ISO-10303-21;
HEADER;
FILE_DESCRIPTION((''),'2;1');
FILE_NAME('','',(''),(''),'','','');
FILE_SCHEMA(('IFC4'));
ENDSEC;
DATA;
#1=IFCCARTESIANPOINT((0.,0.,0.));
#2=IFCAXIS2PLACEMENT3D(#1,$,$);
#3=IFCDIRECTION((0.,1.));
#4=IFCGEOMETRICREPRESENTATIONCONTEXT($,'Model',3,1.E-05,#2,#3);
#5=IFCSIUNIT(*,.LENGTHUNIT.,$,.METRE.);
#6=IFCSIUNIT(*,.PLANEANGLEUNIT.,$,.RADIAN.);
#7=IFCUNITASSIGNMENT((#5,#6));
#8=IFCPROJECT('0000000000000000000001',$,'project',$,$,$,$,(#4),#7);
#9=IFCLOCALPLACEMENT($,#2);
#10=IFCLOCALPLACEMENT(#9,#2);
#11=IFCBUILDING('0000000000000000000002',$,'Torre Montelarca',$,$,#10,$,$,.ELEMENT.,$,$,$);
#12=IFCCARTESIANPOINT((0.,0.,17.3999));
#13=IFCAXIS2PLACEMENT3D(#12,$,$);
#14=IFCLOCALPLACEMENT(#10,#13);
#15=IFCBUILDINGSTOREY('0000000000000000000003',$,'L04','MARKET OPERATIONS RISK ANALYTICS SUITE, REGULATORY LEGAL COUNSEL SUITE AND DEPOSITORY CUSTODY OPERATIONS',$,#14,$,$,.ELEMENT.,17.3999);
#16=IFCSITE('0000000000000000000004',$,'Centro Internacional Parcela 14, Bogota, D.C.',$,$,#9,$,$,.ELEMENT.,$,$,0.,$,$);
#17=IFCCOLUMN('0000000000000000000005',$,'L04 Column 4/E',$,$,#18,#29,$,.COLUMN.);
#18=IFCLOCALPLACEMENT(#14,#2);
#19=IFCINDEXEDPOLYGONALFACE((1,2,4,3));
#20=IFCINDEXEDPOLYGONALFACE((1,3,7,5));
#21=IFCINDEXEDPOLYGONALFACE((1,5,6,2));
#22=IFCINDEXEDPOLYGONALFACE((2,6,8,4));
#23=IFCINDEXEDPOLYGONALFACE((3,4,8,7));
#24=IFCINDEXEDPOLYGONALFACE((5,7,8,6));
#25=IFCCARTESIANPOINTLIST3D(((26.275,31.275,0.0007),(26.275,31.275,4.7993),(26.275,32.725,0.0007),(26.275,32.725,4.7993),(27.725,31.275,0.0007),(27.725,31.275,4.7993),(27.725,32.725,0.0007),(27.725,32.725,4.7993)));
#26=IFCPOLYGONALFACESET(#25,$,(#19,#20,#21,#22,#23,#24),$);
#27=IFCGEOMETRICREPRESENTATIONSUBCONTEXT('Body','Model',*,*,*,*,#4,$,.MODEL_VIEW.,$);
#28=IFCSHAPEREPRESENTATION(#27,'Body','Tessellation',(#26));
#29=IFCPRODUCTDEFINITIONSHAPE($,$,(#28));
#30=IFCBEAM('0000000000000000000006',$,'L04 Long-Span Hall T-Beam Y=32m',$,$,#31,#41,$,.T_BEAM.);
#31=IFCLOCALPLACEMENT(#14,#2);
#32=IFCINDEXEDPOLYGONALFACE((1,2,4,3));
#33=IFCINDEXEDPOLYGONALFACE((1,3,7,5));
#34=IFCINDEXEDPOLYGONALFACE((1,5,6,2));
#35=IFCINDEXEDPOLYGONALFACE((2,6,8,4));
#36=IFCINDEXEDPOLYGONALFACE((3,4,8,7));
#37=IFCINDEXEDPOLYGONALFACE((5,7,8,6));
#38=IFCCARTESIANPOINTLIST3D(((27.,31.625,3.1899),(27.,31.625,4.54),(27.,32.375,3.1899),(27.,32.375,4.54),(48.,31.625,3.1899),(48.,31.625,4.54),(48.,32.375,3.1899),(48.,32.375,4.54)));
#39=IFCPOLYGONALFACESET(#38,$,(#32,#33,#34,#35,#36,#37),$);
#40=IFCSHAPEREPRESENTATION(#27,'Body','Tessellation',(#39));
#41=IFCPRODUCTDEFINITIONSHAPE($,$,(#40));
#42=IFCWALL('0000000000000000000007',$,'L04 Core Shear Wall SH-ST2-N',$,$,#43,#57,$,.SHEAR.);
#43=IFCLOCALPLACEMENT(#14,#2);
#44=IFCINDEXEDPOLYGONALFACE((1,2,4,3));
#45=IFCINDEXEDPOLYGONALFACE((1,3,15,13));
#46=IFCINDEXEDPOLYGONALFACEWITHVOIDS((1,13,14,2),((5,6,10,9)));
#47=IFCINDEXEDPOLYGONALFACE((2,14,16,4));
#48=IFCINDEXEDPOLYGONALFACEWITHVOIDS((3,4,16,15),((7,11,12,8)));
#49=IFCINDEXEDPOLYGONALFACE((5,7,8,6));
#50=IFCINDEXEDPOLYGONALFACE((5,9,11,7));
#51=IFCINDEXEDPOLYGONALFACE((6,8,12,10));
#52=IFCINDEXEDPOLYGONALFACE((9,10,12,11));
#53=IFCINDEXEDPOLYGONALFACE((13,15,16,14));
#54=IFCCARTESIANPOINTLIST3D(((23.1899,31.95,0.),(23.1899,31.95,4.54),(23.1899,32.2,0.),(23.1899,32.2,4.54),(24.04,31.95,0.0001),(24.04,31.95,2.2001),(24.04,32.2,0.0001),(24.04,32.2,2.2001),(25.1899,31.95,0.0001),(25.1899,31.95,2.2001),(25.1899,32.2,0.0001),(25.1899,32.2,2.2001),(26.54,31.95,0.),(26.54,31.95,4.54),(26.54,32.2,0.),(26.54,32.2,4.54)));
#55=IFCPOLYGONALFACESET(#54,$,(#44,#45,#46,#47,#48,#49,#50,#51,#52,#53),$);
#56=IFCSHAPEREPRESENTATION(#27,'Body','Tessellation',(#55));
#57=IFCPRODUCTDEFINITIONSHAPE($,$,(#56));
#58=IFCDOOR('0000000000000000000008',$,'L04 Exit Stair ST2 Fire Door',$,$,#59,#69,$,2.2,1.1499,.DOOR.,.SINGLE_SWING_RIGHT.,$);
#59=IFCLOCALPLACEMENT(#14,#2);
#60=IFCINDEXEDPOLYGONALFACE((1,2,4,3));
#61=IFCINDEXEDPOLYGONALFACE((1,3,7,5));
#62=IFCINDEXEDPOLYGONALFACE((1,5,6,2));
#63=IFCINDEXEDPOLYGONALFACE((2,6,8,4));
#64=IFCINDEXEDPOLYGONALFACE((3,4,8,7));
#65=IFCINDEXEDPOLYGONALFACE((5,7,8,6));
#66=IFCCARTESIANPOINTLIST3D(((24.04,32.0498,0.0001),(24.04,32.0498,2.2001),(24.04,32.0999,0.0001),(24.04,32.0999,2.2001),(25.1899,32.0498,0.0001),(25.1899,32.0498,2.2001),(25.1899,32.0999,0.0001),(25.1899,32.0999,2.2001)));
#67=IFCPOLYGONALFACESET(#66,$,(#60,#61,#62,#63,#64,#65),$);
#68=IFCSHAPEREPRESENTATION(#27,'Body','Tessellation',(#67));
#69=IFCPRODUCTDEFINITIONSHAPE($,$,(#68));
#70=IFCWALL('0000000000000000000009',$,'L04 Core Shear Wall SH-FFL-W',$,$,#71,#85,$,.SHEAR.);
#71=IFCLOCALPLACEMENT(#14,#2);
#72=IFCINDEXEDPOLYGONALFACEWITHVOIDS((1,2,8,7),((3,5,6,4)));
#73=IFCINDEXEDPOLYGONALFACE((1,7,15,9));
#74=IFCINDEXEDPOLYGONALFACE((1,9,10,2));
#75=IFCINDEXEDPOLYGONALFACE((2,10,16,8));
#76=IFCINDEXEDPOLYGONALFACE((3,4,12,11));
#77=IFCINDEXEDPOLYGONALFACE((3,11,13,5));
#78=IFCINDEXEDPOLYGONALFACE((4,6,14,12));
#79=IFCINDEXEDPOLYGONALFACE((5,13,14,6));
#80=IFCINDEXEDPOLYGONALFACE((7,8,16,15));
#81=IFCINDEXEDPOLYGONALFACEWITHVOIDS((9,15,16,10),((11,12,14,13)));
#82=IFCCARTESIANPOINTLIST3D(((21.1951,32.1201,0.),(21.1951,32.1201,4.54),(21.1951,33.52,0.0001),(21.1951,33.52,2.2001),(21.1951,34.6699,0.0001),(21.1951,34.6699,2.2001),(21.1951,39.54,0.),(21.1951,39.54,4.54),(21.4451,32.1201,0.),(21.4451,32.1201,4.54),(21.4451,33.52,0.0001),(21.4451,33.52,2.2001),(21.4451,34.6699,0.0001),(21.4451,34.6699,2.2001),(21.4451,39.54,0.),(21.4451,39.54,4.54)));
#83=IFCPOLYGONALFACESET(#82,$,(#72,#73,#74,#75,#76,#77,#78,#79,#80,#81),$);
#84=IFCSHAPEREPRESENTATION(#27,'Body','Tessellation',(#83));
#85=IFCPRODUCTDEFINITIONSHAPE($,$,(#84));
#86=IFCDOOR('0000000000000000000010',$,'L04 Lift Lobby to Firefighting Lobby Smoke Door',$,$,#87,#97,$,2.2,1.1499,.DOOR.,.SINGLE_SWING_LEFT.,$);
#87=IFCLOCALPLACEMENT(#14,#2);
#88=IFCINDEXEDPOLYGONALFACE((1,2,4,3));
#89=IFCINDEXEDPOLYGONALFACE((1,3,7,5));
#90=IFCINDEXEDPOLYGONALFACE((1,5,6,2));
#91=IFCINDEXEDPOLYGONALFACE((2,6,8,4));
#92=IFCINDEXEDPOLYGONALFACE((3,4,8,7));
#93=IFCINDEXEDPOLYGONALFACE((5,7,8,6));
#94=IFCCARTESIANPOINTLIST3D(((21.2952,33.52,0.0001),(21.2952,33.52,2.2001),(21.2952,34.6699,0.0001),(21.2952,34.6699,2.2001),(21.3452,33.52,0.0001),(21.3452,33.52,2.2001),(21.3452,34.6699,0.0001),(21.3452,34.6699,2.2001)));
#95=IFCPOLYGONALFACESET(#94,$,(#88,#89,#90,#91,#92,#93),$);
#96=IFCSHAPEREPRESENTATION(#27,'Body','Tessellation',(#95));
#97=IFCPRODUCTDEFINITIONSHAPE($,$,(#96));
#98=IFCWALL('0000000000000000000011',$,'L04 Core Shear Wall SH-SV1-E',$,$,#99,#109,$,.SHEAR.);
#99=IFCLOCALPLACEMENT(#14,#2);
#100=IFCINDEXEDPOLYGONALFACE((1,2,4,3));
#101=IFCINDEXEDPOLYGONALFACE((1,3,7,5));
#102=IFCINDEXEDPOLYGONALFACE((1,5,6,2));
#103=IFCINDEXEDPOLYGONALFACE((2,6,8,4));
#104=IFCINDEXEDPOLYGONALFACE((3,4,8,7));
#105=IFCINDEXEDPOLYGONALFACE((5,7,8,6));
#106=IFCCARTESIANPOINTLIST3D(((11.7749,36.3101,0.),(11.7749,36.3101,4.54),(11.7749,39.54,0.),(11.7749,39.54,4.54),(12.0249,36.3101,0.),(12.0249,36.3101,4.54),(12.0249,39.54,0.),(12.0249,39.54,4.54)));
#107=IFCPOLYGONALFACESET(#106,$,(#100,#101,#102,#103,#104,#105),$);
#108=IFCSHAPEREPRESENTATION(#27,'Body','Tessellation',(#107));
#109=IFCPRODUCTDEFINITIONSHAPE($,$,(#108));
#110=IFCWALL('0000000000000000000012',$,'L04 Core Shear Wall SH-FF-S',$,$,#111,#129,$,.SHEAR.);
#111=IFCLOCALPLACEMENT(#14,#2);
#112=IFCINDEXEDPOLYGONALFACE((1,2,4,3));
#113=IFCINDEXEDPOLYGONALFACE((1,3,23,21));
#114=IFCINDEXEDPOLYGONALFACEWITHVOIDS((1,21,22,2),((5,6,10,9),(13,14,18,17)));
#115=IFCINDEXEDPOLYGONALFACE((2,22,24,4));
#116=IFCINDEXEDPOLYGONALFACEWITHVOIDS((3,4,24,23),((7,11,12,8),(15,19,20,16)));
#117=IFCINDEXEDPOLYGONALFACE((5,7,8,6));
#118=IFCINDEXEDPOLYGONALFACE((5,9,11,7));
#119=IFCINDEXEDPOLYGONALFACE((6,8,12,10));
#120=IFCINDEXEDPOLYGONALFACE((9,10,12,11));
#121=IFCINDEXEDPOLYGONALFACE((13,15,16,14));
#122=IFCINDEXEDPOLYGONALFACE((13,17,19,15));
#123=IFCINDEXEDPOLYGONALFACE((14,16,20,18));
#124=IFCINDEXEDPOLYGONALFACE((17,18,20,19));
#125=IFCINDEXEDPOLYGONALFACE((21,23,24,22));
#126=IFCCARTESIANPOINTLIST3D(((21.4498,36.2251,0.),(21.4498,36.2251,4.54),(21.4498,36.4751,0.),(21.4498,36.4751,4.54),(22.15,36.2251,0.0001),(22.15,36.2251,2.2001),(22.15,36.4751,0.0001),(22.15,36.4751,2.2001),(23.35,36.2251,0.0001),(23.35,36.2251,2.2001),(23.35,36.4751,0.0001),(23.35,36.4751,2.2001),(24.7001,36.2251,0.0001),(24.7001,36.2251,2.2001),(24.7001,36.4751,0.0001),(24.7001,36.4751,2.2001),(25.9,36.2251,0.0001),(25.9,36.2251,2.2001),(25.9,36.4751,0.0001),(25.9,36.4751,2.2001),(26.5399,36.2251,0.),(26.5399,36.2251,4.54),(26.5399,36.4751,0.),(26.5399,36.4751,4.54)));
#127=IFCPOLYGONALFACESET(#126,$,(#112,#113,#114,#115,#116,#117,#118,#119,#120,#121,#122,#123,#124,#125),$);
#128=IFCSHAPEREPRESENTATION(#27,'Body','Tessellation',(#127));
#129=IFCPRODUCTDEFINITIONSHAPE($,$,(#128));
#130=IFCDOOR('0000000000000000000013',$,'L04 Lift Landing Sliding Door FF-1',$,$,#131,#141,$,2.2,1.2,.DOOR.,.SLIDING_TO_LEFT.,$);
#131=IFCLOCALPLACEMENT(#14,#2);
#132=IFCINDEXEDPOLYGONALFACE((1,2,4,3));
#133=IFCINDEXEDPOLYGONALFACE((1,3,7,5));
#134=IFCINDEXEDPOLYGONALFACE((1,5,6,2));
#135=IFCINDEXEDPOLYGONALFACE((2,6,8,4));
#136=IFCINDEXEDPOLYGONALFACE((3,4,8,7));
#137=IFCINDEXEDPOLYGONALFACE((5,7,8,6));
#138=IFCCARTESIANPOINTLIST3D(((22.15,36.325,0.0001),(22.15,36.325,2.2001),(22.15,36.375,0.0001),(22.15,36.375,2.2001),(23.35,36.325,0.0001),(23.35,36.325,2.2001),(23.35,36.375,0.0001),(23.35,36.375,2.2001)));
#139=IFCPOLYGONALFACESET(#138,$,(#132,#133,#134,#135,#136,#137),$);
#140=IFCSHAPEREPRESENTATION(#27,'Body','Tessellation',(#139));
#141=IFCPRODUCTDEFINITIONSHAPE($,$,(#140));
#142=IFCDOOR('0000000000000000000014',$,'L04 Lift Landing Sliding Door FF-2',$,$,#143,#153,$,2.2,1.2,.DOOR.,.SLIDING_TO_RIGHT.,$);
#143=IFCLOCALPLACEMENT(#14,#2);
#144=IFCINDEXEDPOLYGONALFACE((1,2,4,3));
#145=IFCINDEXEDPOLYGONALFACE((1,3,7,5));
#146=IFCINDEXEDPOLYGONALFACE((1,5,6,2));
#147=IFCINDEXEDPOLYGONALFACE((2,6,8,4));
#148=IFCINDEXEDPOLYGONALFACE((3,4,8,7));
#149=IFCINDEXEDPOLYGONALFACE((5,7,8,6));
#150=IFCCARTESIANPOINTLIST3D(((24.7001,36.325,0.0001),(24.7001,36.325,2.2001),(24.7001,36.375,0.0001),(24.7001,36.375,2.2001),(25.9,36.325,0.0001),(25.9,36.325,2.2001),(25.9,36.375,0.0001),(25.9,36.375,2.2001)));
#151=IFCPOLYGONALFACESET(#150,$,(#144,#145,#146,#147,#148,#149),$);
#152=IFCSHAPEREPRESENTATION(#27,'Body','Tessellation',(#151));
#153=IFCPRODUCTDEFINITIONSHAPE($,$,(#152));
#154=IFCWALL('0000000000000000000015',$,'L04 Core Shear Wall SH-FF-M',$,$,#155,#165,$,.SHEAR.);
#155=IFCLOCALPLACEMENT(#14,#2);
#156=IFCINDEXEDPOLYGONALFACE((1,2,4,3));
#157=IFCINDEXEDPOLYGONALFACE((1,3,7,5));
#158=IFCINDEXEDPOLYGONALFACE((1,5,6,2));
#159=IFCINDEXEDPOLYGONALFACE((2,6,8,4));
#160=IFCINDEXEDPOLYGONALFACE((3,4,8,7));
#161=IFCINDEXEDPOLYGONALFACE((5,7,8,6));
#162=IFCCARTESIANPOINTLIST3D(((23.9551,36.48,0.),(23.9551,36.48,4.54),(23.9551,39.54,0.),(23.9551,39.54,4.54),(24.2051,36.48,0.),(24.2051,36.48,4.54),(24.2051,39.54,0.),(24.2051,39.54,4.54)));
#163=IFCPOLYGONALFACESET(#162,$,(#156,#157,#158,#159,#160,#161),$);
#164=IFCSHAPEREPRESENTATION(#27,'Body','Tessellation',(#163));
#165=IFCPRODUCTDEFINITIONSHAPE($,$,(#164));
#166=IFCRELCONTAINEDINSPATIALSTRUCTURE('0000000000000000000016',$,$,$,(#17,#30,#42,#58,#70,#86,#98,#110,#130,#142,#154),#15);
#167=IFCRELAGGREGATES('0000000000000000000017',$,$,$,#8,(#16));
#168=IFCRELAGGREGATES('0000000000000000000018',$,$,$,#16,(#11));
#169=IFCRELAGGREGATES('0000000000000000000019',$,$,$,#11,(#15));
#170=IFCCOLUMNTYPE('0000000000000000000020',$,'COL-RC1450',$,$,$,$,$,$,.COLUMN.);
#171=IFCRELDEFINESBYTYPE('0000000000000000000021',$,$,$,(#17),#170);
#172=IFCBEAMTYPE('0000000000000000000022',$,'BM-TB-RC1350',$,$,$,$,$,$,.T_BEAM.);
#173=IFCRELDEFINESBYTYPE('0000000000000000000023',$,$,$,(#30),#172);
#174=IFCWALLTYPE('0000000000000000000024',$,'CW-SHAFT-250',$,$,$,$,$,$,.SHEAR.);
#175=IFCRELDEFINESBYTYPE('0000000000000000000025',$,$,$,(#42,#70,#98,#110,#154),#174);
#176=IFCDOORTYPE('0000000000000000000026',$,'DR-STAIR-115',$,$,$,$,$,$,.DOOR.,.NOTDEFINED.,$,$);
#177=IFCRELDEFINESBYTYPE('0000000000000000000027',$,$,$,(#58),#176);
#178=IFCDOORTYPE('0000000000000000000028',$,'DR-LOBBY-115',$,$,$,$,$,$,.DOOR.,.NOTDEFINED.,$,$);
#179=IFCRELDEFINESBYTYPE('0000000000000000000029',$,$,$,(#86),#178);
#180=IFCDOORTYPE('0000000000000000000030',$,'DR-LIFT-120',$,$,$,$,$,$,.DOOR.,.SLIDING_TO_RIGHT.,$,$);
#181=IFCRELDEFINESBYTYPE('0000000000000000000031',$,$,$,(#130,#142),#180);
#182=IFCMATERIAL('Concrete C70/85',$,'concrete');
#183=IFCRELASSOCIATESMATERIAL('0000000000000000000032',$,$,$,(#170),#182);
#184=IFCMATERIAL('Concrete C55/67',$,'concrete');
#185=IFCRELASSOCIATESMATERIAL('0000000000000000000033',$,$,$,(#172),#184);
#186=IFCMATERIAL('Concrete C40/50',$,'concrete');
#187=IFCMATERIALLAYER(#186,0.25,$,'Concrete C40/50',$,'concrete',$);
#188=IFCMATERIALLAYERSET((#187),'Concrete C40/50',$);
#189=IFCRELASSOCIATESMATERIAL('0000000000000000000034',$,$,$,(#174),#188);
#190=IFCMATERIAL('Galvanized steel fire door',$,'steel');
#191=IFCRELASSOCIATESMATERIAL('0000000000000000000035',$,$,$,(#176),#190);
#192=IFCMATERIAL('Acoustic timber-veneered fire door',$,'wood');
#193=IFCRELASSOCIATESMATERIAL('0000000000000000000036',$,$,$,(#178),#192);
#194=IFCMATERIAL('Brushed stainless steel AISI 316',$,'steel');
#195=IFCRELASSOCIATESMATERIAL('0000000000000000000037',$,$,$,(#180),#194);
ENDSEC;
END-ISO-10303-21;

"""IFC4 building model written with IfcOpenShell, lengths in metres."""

from ifc_helpers import new_model, si_unit, direction, frame, frame_2d, origin, origin_2d, place, context, subcontext, project, spatial, rectangle, extrude, source, transform, mapped, material, layer, layer_set, material_profile, profile_set, type_object, element, fill, save


model = new_model("IFC4")

# Units and contexts
model_context = context("Model", 3, precision=1e-05, world=origin(), true_north=direction((0.0, 1.0)))
body_context = subcontext(model_context, "Body", "Model", "MODEL_VIEW")
ifc_project = project(units=[si_unit("LENGTHUNIT", "METRE"), si_unit("PLANEANGLEUNIT", "RADIAN")], contexts=[model_context])

# Site, building, storey
site_placement = place(None, origin())
site = spatial("IfcSite", under=ifc_project, at=site_placement, Name="Centro Internacional Parcela 14, Bogota, D.C.", CompositionType="ELEMENT", RefElevation=0.0)
building_placement = place(site_placement, origin())
building = spatial("IfcBuilding", under=site, at=building_placement, Name="Torre Montelarca", CompositionType="ELEMENT")
storey_placement = place(building_placement, frame((0.0, 0.0, 17.3999)))
storey = spatial("IfcBuildingStorey", under=building, at=storey_placement, Name="L04", Description="MARKET OPERATIONS RISK ANALYTICS SUITE, REGULATORY LEGAL COUNSEL SUITE AND DEPOSITORY CUSTODY OPERATIONS", CompositionType="ELEMENT", Elevation=17.3999)

# Column
ifc_material_1 = material(Name="Concrete C70/85", Category="concrete")
ifc_material_profile_1 = material_profile(ifc_material_1, rectangle(XDim=1.45, YDim=1.45, at=origin_2d()), Name="RC1450X1450", Category="concrete")
ifc_profile_set_1 = profile_set([ifc_material_profile_1], Name="Concrete C70/85")
column_type = type_object("IfcColumnType", Name="COL-RC1450", PredefinedType="COLUMN", material=ifc_profile_set_1)
shared_shape_1 = source(origin(), body_context, "Body", "SweptSolid", [
    extrude(rectangle(XDim=1.45, YDim=1.45, at=origin_2d()), origin(), (0.0, 0.0, 1.0), 4.7986),
])
column_placement = place(storey_placement, frame((27.0, 32.0, 0.0007), z_axis=(0.0, 0.0, 1.0), x_axis=(1.0, 0.0, 0.0)))
element("IfcColumn", 1, at=column_placement, inside=storey, type_object=column_type, Name="L04 Column 4/E", PredefinedType="COLUMN", context=body_context, shape_type="MappedRepresentation", body=[
    mapped(shared_shape_1, transform((0.0, 0.0, 0.0), scale=1.0)),
])

# Beam
ifc_material_2 = material(Name="Concrete C55/67", Category="concrete")
ifc_material_profile_2 = material_profile(ifc_material_2, rectangle(XDim=0.75, YDim=1.3501, at=origin_2d()), Name="RCB750X1350", Category="concrete")
ifc_profile_set_2 = profile_set([ifc_material_profile_2], Name="Concrete C55/67")
beam_type = type_object("IfcBeamType", Name="BM-TB-RC1350", PredefinedType="T_BEAM", material=ifc_profile_set_2)
shared_shape_2 = source(origin(), body_context, "Body", "SweptSolid", [
    extrude(rectangle(XDim=0.75, YDim=1.3501, at=origin_2d()), origin(), (0.0, 0.0, 1.0), 21.0),
])
beam_placement = place(storey_placement, frame((27.0, 32.0, 3.865), z_axis=(1.0, 0.0, 0.0), x_axis=(0.0, 1.0, 0.0)))
element("IfcBeam", 2, at=beam_placement, inside=storey, type_object=beam_type, Name="L04 Long-Span Hall T-Beam Y=32m", PredefinedType="T_BEAM", context=body_context, shape_type="MappedRepresentation", body=[
    mapped(shared_shape_2, transform((0.0, 0.0, 0.0), scale=1.0)),
])

# Walls, openings, doors
ifc_material_3 = material(Name="Concrete C40/50", Category="concrete")
ifc_layer_1 = layer(ifc_material_3, 0.25, Name="Concrete C40/50", Category="concrete")
ifc_layer_set_1 = layer_set([ifc_layer_1], Name="Concrete C40/50")
wall_type_1 = type_object("IfcWallType", Name="CW-SHAFT-250", PredefinedType="SHEAR", material=ifc_layer_set_1)
wall_1_placement = place(storey_placement, frame((23.1899, 32.075, 0.0), z_axis=(0.0, 0.0, 1.0), x_axis=(1.0, 0.0, 0.0)))
wall_1 = element("IfcWall", 3, at=wall_1_placement, inside=storey, type_object=wall_type_1, Name="L04 Core Shear Wall SH-ST2-N", PredefinedType="SHEAR", context=body_context, shape_type="SweptSolid", body=[
    extrude(rectangle(XDim=3.3501, YDim=0.25, at=frame_2d((1.675, 0.0))), origin(), (0.0, 0.0, 1.0), 4.54),
])
opening_1_placement = place(wall_1_placement, frame((0.8501, 0.0, 0.0)))
opening_1 = element("IfcOpeningElement", 4, at=opening_1_placement, cuts=wall_1, PredefinedType="OPENING", context=body_context, shape_type="SweptSolid", body=[
    extrude(rectangle(XDim=1.1499, YDim=2.2, at=frame_2d((0.575, 1.1001))), frame((0.0, 0.135, 0.0), z_axis=(0.0, -1.0, 0.0), x_axis=(1.0, 0.0, 0.0)), (0.0, 0.0, 1.0), 0.27),
])
ifc_material_4 = material(Name="Galvanized steel fire door", Category="steel")
door_type_1 = type_object("IfcDoorType", Name="DR-STAIR-115", OperationType="NOTDEFINED", PredefinedType="DOOR", material=ifc_material_4)
shared_shape_3 = source(origin(), body_context, "Body", "SweptSolid", [
    extrude(rectangle(XDim=1.1499, YDim=2.2, at=frame_2d((0.575, 1.1001))), frame((0.0, 0.0249, 0.0), z_axis=(0.0, -1.0, 0.0), x_axis=(1.0, 0.0, 0.0)), (0.0, 0.0, 1.0), 0.05),
])
door_1_placement = place(opening_1_placement, origin())
door_1 = element("IfcDoor", 5, at=door_1_placement, inside=storey, type_object=door_type_1, Name="L04 Exit Stair ST2 Fire Door", OperationType="SINGLE_SWING_RIGHT", OverallHeight=2.2, OverallWidth=1.1499, PredefinedType="DOOR", context=body_context, shape_type="MappedRepresentation", body=[
    mapped(shared_shape_3, transform((0.0, 0.0, 0.0), scale=1.0)),
])
fill(opening_1, door_1)
wall_2_placement = place(storey_placement, frame((21.3201, 32.1201, 0.0), z_axis=(0.0, 0.0, 1.0), x_axis=(0.0, 1.0, 0.0)))
wall_2 = element("IfcWall", 6, at=wall_2_placement, inside=storey, type_object=wall_type_1, Name="L04 Core Shear Wall SH-FFL-W", PredefinedType="SHEAR", context=body_context, shape_type="SweptSolid", body=[
    extrude(rectangle(XDim=7.4199, YDim=0.25, at=frame_2d((3.71, 0.0))), origin(), (0.0, 0.0, 1.0), 4.54),
])
opening_2_placement = place(wall_2_placement, frame((1.3999, 0.0, 0.0)))
opening_2 = element("IfcOpeningElement", 7, at=opening_2_placement, cuts=wall_2, PredefinedType="OPENING", context=body_context, shape_type="SweptSolid", body=[
    extrude(rectangle(XDim=1.1499, YDim=2.2, at=frame_2d((0.575, 1.1001))), frame((0.0, 0.135, 0.0), z_axis=(0.0, -1.0, 0.0), x_axis=(1.0, 0.0, 0.0)), (0.0, 0.0, 1.0), 0.27),
])
ifc_material_5 = material(Name="Acoustic timber-veneered fire door", Category="wood")
door_type_2 = type_object("IfcDoorType", Name="DR-LOBBY-115", OperationType="NOTDEFINED", PredefinedType="DOOR", material=ifc_material_5)
shared_shape_4 = source(origin(), body_context, "Body", "SweptSolid", [
    extrude(rectangle(XDim=1.1499, YDim=2.2, at=frame_2d((0.575, 1.1001))), frame((0.0, 0.0249, 0.0), z_axis=(0.0, -1.0, 0.0), x_axis=(1.0, 0.0, 0.0)), (0.0, 0.0, 1.0), 0.05),
])
door_2_placement = place(opening_2_placement, origin())
door_2 = element("IfcDoor", 8, at=door_2_placement, inside=storey, type_object=door_type_2, Name="L04 Lift Lobby to Firefighting Lobby Smoke Door", OperationType="SINGLE_SWING_LEFT", OverallHeight=2.2, OverallWidth=1.1499, PredefinedType="DOOR", context=body_context, shape_type="MappedRepresentation", body=[
    mapped(shared_shape_4, transform((0.0, 0.0, 0.0), scale=1.0)),
])
fill(opening_2, door_2)

# Wall
wall_3_placement = place(storey_placement, frame((11.8999, 36.3101, 0.0), z_axis=(0.0, 0.0, 1.0), x_axis=(0.0, 1.0, 0.0)))
element("IfcWall", 9, at=wall_3_placement, inside=storey, type_object=wall_type_1, Name="L04 Core Shear Wall SH-SV1-E", PredefinedType="SHEAR", context=body_context, shape_type="SweptSolid", body=[
    extrude(rectangle(XDim=3.23, YDim=0.25, at=frame_2d((1.615, 0.0))), origin(), (0.0, 0.0, 1.0), 4.54),
])

# Wall, openings, doors
wall_4_placement = place(storey_placement, frame((21.45, 36.3501, 0.0), z_axis=(0.0, 0.0, 1.0), x_axis=(1.0, 0.0, 0.0)))
wall_4 = element("IfcWall", 10, at=wall_4_placement, inside=storey, type_object=wall_type_1, Name="L04 Core Shear Wall SH-FF-S", PredefinedType="SHEAR", context=body_context, shape_type="SweptSolid", body=[
    extrude(rectangle(XDim=5.0901, YDim=0.25, at=frame_2d((2.5449, 0.0))), origin(), (0.0, 0.0, 1.0), 4.54),
])
opening_3_placement = place(wall_4_placement, frame((0.7, 0.0, 0.0)))
opening_3 = element("IfcOpeningElement", 11, at=opening_3_placement, cuts=wall_4, PredefinedType="OPENING", context=body_context, shape_type="SweptSolid", body=[
    extrude(rectangle(XDim=1.2, YDim=2.2, at=frame_2d((0.6001, 1.1001))), frame((0.0, 0.135, 0.0), z_axis=(0.0, -1.0, 0.0), x_axis=(1.0, 0.0, 0.0)), (0.0, 0.0, 1.0), 0.27),
])
opening_4_placement = place(wall_4_placement, frame((3.25, 0.0, 0.0)))
opening_4 = element("IfcOpeningElement", 12, at=opening_4_placement, cuts=wall_4, PredefinedType="OPENING", context=body_context, shape_type="SweptSolid", body=[
    extrude(rectangle(XDim=1.2, YDim=2.2, at=frame_2d((0.6001, 1.1001))), frame((0.0, 0.135, 0.0), z_axis=(0.0, -1.0, 0.0), x_axis=(1.0, 0.0, 0.0)), (0.0, 0.0, 1.0), 0.27),
])
ifc_material_6 = material(Name="Brushed stainless steel AISI 316", Category="steel")
door_type_3 = type_object("IfcDoorType", Name="DR-LIFT-120", OperationType="SLIDING_TO_RIGHT", PredefinedType="DOOR", material=ifc_material_6)
shared_shape_5 = source(origin(), body_context, "Body", "SweptSolid", [
    extrude(rectangle(XDim=1.2, YDim=2.2, at=frame_2d((0.6001, 1.1001))), frame((0.0, 0.0249, 0.0), z_axis=(0.0, -1.0, 0.0), x_axis=(1.0, 0.0, 0.0)), (0.0, 0.0, 1.0), 0.05),
])
door_3_placement = place(opening_3_placement, origin())
door_3 = element("IfcDoor", 13, at=door_3_placement, inside=storey, type_object=door_type_3, Name="L04 Lift Landing Sliding Door FF-1", OperationType="SLIDING_TO_LEFT", OverallHeight=2.2, OverallWidth=1.2, PredefinedType="DOOR", context=body_context, shape_type="MappedRepresentation", body=[
    mapped(shared_shape_5, transform((0.0, 0.0, 0.0), scale=1.0)),
])
fill(opening_3, door_3)
door_4_placement = place(opening_4_placement, origin())
door_4 = element("IfcDoor", 14, at=door_4_placement, inside=storey, type_object=door_type_3, Name="L04 Lift Landing Sliding Door FF-2", OperationType="SLIDING_TO_RIGHT", OverallHeight=2.2, OverallWidth=1.2, PredefinedType="DOOR", context=body_context, shape_type="MappedRepresentation", body=[
    mapped(shared_shape_5, transform((0.0, 0.0, 0.0), scale=1.0)),
])
fill(opening_4, door_4)

# Wall
wall_5_placement = place(storey_placement, frame((24.0801, 36.48, 0.0), z_axis=(0.0, 0.0, 1.0), x_axis=(0.0, 1.0, 0.0)))
element("IfcWall", 15, at=wall_5_placement, inside=storey, type_object=wall_type_1, Name="L04 Core Shear Wall SH-FF-M", PredefinedType="SHEAR", context=body_context, shape_type="SweptSolid", body=[
    extrude(rectangle(XDim=3.0601, YDim=0.25, at=frame_2d((1.53, 0.0))), origin(), (0.0, 0.0, 1.0), 4.54),
])

save(model, "model.ifc")
